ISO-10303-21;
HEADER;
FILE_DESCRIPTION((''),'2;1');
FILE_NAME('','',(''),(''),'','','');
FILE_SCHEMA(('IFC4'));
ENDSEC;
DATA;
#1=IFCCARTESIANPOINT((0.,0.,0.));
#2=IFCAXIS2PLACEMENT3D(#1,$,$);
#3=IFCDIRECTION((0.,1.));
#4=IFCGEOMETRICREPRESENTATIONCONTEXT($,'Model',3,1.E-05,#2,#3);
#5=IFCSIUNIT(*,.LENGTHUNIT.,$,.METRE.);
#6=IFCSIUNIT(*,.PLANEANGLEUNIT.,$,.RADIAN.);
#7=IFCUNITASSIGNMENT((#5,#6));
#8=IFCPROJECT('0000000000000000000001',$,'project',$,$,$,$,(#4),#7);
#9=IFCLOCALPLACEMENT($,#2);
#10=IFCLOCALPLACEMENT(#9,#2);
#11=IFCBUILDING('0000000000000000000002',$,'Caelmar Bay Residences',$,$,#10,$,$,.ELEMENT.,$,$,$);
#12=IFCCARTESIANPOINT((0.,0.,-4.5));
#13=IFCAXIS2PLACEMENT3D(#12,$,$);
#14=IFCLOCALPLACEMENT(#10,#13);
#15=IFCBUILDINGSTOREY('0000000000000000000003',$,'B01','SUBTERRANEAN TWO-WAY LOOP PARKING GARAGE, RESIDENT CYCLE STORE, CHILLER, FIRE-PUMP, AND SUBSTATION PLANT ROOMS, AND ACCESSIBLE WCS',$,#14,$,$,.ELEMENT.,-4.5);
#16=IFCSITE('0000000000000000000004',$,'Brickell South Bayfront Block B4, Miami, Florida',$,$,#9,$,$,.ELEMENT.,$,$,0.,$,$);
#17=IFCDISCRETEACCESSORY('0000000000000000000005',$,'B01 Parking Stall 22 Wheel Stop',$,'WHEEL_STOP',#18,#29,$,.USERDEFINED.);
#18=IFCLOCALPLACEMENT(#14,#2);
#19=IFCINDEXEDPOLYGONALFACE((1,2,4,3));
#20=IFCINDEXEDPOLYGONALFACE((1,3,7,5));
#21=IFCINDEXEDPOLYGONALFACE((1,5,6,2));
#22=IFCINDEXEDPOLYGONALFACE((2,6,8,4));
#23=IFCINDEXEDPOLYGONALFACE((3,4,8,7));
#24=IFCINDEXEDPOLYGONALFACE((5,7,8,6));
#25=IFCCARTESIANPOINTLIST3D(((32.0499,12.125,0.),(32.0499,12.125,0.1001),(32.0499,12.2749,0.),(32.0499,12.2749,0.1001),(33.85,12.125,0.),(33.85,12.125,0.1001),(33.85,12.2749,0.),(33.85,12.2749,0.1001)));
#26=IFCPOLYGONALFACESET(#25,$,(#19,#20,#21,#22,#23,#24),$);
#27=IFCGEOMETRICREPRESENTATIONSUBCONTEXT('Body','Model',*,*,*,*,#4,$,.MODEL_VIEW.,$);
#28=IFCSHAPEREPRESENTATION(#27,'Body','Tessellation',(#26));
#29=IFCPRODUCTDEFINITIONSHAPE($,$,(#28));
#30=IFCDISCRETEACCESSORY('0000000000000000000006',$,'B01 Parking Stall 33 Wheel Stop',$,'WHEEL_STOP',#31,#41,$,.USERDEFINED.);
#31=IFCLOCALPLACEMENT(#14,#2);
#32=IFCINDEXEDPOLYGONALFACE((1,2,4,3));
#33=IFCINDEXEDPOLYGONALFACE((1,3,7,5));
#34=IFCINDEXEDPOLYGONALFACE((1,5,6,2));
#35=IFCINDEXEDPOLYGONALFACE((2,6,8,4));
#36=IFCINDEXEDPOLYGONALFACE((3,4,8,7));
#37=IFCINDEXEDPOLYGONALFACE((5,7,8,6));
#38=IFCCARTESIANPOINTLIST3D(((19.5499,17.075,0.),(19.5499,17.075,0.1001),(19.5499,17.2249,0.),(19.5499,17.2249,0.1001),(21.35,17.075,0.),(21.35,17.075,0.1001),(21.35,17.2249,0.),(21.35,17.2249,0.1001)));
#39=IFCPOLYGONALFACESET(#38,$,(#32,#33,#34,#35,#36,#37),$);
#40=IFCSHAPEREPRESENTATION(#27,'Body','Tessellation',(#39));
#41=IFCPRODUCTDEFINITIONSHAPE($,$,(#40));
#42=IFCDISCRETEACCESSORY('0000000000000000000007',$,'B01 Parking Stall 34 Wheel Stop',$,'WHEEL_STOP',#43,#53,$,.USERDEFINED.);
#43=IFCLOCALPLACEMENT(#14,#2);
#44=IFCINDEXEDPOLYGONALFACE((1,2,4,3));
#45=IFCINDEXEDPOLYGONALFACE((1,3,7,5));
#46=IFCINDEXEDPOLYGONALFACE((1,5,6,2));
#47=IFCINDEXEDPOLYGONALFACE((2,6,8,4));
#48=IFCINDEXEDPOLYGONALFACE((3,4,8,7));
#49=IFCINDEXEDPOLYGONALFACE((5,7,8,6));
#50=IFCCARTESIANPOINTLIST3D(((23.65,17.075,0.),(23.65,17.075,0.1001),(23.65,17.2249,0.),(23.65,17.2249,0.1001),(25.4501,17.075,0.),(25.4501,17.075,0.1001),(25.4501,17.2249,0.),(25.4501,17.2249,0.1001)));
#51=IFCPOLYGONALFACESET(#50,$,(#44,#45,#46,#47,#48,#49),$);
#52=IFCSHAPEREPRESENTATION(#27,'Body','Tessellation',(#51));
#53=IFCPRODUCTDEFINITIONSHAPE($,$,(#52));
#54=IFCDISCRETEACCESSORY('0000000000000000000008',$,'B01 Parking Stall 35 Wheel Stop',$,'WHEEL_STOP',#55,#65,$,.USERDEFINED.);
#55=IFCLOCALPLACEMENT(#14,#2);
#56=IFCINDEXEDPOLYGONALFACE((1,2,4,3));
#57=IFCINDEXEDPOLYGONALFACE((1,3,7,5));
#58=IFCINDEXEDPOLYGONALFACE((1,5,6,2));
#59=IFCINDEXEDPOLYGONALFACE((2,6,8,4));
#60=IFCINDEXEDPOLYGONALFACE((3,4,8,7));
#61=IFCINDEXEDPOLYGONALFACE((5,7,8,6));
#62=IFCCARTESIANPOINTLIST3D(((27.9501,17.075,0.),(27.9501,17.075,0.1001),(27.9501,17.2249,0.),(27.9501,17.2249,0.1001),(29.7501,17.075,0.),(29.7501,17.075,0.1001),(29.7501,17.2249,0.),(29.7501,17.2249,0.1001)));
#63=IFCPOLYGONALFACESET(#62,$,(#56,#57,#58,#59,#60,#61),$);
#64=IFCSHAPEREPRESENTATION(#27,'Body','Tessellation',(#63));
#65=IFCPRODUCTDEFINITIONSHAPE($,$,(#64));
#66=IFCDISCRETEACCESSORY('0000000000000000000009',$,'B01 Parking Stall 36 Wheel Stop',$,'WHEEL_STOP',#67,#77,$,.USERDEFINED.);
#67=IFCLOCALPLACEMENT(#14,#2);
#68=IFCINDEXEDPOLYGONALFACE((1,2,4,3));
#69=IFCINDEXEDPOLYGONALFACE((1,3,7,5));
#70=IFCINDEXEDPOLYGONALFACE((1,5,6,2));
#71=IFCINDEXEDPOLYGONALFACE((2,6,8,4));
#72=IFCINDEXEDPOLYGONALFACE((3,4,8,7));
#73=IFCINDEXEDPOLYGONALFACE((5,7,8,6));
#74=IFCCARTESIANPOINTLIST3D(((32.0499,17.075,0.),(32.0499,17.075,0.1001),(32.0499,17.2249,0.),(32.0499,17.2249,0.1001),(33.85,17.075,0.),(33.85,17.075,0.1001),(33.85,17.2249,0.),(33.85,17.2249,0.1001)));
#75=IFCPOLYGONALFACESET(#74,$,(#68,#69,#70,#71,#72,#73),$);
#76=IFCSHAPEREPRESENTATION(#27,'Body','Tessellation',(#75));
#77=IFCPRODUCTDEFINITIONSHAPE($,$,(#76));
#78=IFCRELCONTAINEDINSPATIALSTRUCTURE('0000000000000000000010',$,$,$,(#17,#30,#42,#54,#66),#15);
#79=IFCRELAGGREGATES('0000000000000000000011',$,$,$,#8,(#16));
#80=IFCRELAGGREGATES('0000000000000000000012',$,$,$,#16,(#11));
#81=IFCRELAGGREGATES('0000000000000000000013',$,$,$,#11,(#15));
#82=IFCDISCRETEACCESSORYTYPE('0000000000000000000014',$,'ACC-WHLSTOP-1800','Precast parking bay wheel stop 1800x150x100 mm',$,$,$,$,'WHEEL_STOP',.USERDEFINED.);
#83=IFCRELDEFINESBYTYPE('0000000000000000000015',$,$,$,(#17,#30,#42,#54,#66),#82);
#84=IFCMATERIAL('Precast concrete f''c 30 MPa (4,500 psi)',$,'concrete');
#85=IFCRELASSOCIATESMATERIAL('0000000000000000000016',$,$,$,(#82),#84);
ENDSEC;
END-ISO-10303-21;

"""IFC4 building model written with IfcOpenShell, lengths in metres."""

from ifc_helpers import new_model, si_unit, direction, frame, origin, origin_2d, place, context, subcontext, project, spatial, rectangle, extrude, material, type_object, element, save


model = new_model("IFC4")

# Units and contexts
model_context = context("Model", 3, precision=1e-05, world=origin(), true_north=direction((0.0, 1.0)))
body_context = subcontext(model_context, "Body", "Model", "MODEL_VIEW")
ifc_project = project(units=[si_unit("LENGTHUNIT", "METRE"), si_unit("PLANEANGLEUNIT", "RADIAN")], contexts=[model_context])

# Site, building, storey
site_placement = place(None, origin())
site = spatial("IfcSite", under=ifc_project, at=site_placement, Name="Brickell South Bayfront Block B4, Miami, Florida", CompositionType="ELEMENT", RefElevation=0.0)
building_placement = place(site_placement, origin())
building = spatial("IfcBuilding", under=site, at=building_placement, Name="Caelmar Bay Residences", CompositionType="ELEMENT")
storey_placement = place(building_placement, frame((0.0, 0.0, -4.5)))
storey = spatial("IfcBuildingStorey", under=building, at=storey_placement, Name="B01", Description="SUBTERRANEAN TWO-WAY LOOP PARKING GARAGE, RESIDENT CYCLE STORE, CHILLER, FIRE-PUMP, AND SUBSTATION PLANT ROOMS, AND ACCESSIBLE WCS", CompositionType="ELEMENT", Elevation=-4.5)

# Discrete accessories
ifc_material_1 = material(Name="Precast concrete f'c 30 MPa (4,500 psi)", Category="concrete")
discrete_accessory_type = type_object("IfcDiscreteAccessoryType", Name="ACC-WHLSTOP-1800", Description="Precast parking bay wheel stop 1800x150x100 mm", ElementType="WHEEL_STOP", PredefinedType="USERDEFINED", material=ifc_material_1)
for number, where, z_axis, x_axis, name in (
    (1, (32.95, 12.2, 0.0), (0.0, 0.0, 1.0), (1.0, 0.0, 0.0), "B01 Parking Stall 22 Wheel Stop"),
    (2, (20.45, 17.1499, 0.0), (0.0, 0.0, 1.0), (1.0, 0.0, 0.0), "B01 Parking Stall 33 Wheel Stop"),
    (3, (24.55, 17.1499, 0.0), (0.0, 0.0, 1.0), (1.0, 0.0, 0.0), "B01 Parking Stall 34 Wheel Stop"),
    (4, (28.8501, 17.1499, 0.0), (0.0, 0.0, 1.0), (1.0, 0.0, 0.0), "B01 Parking Stall 35 Wheel Stop"),
    (5, (32.95, 17.1499, 0.0), (0.0, 0.0, 1.0), (1.0, 0.0, 0.0), "B01 Parking Stall 36 Wheel Stop"),
):
    element("IfcDiscreteAccessory", number, at=place(storey_placement, frame(where, z_axis=z_axis, x_axis=x_axis)), inside=storey, type_object=discrete_accessory_type, Name=name, ObjectType="WHEEL_STOP", PredefinedType="USERDEFINED", context=body_context, shape_type="SweptSolid", body=[
        extrude(rectangle(XDim=1.8, YDim=0.1499, at=origin_2d()), origin(), (0.0, 0.0, 1.0), 0.1001),
    ])

save(model, "model.ifc")
